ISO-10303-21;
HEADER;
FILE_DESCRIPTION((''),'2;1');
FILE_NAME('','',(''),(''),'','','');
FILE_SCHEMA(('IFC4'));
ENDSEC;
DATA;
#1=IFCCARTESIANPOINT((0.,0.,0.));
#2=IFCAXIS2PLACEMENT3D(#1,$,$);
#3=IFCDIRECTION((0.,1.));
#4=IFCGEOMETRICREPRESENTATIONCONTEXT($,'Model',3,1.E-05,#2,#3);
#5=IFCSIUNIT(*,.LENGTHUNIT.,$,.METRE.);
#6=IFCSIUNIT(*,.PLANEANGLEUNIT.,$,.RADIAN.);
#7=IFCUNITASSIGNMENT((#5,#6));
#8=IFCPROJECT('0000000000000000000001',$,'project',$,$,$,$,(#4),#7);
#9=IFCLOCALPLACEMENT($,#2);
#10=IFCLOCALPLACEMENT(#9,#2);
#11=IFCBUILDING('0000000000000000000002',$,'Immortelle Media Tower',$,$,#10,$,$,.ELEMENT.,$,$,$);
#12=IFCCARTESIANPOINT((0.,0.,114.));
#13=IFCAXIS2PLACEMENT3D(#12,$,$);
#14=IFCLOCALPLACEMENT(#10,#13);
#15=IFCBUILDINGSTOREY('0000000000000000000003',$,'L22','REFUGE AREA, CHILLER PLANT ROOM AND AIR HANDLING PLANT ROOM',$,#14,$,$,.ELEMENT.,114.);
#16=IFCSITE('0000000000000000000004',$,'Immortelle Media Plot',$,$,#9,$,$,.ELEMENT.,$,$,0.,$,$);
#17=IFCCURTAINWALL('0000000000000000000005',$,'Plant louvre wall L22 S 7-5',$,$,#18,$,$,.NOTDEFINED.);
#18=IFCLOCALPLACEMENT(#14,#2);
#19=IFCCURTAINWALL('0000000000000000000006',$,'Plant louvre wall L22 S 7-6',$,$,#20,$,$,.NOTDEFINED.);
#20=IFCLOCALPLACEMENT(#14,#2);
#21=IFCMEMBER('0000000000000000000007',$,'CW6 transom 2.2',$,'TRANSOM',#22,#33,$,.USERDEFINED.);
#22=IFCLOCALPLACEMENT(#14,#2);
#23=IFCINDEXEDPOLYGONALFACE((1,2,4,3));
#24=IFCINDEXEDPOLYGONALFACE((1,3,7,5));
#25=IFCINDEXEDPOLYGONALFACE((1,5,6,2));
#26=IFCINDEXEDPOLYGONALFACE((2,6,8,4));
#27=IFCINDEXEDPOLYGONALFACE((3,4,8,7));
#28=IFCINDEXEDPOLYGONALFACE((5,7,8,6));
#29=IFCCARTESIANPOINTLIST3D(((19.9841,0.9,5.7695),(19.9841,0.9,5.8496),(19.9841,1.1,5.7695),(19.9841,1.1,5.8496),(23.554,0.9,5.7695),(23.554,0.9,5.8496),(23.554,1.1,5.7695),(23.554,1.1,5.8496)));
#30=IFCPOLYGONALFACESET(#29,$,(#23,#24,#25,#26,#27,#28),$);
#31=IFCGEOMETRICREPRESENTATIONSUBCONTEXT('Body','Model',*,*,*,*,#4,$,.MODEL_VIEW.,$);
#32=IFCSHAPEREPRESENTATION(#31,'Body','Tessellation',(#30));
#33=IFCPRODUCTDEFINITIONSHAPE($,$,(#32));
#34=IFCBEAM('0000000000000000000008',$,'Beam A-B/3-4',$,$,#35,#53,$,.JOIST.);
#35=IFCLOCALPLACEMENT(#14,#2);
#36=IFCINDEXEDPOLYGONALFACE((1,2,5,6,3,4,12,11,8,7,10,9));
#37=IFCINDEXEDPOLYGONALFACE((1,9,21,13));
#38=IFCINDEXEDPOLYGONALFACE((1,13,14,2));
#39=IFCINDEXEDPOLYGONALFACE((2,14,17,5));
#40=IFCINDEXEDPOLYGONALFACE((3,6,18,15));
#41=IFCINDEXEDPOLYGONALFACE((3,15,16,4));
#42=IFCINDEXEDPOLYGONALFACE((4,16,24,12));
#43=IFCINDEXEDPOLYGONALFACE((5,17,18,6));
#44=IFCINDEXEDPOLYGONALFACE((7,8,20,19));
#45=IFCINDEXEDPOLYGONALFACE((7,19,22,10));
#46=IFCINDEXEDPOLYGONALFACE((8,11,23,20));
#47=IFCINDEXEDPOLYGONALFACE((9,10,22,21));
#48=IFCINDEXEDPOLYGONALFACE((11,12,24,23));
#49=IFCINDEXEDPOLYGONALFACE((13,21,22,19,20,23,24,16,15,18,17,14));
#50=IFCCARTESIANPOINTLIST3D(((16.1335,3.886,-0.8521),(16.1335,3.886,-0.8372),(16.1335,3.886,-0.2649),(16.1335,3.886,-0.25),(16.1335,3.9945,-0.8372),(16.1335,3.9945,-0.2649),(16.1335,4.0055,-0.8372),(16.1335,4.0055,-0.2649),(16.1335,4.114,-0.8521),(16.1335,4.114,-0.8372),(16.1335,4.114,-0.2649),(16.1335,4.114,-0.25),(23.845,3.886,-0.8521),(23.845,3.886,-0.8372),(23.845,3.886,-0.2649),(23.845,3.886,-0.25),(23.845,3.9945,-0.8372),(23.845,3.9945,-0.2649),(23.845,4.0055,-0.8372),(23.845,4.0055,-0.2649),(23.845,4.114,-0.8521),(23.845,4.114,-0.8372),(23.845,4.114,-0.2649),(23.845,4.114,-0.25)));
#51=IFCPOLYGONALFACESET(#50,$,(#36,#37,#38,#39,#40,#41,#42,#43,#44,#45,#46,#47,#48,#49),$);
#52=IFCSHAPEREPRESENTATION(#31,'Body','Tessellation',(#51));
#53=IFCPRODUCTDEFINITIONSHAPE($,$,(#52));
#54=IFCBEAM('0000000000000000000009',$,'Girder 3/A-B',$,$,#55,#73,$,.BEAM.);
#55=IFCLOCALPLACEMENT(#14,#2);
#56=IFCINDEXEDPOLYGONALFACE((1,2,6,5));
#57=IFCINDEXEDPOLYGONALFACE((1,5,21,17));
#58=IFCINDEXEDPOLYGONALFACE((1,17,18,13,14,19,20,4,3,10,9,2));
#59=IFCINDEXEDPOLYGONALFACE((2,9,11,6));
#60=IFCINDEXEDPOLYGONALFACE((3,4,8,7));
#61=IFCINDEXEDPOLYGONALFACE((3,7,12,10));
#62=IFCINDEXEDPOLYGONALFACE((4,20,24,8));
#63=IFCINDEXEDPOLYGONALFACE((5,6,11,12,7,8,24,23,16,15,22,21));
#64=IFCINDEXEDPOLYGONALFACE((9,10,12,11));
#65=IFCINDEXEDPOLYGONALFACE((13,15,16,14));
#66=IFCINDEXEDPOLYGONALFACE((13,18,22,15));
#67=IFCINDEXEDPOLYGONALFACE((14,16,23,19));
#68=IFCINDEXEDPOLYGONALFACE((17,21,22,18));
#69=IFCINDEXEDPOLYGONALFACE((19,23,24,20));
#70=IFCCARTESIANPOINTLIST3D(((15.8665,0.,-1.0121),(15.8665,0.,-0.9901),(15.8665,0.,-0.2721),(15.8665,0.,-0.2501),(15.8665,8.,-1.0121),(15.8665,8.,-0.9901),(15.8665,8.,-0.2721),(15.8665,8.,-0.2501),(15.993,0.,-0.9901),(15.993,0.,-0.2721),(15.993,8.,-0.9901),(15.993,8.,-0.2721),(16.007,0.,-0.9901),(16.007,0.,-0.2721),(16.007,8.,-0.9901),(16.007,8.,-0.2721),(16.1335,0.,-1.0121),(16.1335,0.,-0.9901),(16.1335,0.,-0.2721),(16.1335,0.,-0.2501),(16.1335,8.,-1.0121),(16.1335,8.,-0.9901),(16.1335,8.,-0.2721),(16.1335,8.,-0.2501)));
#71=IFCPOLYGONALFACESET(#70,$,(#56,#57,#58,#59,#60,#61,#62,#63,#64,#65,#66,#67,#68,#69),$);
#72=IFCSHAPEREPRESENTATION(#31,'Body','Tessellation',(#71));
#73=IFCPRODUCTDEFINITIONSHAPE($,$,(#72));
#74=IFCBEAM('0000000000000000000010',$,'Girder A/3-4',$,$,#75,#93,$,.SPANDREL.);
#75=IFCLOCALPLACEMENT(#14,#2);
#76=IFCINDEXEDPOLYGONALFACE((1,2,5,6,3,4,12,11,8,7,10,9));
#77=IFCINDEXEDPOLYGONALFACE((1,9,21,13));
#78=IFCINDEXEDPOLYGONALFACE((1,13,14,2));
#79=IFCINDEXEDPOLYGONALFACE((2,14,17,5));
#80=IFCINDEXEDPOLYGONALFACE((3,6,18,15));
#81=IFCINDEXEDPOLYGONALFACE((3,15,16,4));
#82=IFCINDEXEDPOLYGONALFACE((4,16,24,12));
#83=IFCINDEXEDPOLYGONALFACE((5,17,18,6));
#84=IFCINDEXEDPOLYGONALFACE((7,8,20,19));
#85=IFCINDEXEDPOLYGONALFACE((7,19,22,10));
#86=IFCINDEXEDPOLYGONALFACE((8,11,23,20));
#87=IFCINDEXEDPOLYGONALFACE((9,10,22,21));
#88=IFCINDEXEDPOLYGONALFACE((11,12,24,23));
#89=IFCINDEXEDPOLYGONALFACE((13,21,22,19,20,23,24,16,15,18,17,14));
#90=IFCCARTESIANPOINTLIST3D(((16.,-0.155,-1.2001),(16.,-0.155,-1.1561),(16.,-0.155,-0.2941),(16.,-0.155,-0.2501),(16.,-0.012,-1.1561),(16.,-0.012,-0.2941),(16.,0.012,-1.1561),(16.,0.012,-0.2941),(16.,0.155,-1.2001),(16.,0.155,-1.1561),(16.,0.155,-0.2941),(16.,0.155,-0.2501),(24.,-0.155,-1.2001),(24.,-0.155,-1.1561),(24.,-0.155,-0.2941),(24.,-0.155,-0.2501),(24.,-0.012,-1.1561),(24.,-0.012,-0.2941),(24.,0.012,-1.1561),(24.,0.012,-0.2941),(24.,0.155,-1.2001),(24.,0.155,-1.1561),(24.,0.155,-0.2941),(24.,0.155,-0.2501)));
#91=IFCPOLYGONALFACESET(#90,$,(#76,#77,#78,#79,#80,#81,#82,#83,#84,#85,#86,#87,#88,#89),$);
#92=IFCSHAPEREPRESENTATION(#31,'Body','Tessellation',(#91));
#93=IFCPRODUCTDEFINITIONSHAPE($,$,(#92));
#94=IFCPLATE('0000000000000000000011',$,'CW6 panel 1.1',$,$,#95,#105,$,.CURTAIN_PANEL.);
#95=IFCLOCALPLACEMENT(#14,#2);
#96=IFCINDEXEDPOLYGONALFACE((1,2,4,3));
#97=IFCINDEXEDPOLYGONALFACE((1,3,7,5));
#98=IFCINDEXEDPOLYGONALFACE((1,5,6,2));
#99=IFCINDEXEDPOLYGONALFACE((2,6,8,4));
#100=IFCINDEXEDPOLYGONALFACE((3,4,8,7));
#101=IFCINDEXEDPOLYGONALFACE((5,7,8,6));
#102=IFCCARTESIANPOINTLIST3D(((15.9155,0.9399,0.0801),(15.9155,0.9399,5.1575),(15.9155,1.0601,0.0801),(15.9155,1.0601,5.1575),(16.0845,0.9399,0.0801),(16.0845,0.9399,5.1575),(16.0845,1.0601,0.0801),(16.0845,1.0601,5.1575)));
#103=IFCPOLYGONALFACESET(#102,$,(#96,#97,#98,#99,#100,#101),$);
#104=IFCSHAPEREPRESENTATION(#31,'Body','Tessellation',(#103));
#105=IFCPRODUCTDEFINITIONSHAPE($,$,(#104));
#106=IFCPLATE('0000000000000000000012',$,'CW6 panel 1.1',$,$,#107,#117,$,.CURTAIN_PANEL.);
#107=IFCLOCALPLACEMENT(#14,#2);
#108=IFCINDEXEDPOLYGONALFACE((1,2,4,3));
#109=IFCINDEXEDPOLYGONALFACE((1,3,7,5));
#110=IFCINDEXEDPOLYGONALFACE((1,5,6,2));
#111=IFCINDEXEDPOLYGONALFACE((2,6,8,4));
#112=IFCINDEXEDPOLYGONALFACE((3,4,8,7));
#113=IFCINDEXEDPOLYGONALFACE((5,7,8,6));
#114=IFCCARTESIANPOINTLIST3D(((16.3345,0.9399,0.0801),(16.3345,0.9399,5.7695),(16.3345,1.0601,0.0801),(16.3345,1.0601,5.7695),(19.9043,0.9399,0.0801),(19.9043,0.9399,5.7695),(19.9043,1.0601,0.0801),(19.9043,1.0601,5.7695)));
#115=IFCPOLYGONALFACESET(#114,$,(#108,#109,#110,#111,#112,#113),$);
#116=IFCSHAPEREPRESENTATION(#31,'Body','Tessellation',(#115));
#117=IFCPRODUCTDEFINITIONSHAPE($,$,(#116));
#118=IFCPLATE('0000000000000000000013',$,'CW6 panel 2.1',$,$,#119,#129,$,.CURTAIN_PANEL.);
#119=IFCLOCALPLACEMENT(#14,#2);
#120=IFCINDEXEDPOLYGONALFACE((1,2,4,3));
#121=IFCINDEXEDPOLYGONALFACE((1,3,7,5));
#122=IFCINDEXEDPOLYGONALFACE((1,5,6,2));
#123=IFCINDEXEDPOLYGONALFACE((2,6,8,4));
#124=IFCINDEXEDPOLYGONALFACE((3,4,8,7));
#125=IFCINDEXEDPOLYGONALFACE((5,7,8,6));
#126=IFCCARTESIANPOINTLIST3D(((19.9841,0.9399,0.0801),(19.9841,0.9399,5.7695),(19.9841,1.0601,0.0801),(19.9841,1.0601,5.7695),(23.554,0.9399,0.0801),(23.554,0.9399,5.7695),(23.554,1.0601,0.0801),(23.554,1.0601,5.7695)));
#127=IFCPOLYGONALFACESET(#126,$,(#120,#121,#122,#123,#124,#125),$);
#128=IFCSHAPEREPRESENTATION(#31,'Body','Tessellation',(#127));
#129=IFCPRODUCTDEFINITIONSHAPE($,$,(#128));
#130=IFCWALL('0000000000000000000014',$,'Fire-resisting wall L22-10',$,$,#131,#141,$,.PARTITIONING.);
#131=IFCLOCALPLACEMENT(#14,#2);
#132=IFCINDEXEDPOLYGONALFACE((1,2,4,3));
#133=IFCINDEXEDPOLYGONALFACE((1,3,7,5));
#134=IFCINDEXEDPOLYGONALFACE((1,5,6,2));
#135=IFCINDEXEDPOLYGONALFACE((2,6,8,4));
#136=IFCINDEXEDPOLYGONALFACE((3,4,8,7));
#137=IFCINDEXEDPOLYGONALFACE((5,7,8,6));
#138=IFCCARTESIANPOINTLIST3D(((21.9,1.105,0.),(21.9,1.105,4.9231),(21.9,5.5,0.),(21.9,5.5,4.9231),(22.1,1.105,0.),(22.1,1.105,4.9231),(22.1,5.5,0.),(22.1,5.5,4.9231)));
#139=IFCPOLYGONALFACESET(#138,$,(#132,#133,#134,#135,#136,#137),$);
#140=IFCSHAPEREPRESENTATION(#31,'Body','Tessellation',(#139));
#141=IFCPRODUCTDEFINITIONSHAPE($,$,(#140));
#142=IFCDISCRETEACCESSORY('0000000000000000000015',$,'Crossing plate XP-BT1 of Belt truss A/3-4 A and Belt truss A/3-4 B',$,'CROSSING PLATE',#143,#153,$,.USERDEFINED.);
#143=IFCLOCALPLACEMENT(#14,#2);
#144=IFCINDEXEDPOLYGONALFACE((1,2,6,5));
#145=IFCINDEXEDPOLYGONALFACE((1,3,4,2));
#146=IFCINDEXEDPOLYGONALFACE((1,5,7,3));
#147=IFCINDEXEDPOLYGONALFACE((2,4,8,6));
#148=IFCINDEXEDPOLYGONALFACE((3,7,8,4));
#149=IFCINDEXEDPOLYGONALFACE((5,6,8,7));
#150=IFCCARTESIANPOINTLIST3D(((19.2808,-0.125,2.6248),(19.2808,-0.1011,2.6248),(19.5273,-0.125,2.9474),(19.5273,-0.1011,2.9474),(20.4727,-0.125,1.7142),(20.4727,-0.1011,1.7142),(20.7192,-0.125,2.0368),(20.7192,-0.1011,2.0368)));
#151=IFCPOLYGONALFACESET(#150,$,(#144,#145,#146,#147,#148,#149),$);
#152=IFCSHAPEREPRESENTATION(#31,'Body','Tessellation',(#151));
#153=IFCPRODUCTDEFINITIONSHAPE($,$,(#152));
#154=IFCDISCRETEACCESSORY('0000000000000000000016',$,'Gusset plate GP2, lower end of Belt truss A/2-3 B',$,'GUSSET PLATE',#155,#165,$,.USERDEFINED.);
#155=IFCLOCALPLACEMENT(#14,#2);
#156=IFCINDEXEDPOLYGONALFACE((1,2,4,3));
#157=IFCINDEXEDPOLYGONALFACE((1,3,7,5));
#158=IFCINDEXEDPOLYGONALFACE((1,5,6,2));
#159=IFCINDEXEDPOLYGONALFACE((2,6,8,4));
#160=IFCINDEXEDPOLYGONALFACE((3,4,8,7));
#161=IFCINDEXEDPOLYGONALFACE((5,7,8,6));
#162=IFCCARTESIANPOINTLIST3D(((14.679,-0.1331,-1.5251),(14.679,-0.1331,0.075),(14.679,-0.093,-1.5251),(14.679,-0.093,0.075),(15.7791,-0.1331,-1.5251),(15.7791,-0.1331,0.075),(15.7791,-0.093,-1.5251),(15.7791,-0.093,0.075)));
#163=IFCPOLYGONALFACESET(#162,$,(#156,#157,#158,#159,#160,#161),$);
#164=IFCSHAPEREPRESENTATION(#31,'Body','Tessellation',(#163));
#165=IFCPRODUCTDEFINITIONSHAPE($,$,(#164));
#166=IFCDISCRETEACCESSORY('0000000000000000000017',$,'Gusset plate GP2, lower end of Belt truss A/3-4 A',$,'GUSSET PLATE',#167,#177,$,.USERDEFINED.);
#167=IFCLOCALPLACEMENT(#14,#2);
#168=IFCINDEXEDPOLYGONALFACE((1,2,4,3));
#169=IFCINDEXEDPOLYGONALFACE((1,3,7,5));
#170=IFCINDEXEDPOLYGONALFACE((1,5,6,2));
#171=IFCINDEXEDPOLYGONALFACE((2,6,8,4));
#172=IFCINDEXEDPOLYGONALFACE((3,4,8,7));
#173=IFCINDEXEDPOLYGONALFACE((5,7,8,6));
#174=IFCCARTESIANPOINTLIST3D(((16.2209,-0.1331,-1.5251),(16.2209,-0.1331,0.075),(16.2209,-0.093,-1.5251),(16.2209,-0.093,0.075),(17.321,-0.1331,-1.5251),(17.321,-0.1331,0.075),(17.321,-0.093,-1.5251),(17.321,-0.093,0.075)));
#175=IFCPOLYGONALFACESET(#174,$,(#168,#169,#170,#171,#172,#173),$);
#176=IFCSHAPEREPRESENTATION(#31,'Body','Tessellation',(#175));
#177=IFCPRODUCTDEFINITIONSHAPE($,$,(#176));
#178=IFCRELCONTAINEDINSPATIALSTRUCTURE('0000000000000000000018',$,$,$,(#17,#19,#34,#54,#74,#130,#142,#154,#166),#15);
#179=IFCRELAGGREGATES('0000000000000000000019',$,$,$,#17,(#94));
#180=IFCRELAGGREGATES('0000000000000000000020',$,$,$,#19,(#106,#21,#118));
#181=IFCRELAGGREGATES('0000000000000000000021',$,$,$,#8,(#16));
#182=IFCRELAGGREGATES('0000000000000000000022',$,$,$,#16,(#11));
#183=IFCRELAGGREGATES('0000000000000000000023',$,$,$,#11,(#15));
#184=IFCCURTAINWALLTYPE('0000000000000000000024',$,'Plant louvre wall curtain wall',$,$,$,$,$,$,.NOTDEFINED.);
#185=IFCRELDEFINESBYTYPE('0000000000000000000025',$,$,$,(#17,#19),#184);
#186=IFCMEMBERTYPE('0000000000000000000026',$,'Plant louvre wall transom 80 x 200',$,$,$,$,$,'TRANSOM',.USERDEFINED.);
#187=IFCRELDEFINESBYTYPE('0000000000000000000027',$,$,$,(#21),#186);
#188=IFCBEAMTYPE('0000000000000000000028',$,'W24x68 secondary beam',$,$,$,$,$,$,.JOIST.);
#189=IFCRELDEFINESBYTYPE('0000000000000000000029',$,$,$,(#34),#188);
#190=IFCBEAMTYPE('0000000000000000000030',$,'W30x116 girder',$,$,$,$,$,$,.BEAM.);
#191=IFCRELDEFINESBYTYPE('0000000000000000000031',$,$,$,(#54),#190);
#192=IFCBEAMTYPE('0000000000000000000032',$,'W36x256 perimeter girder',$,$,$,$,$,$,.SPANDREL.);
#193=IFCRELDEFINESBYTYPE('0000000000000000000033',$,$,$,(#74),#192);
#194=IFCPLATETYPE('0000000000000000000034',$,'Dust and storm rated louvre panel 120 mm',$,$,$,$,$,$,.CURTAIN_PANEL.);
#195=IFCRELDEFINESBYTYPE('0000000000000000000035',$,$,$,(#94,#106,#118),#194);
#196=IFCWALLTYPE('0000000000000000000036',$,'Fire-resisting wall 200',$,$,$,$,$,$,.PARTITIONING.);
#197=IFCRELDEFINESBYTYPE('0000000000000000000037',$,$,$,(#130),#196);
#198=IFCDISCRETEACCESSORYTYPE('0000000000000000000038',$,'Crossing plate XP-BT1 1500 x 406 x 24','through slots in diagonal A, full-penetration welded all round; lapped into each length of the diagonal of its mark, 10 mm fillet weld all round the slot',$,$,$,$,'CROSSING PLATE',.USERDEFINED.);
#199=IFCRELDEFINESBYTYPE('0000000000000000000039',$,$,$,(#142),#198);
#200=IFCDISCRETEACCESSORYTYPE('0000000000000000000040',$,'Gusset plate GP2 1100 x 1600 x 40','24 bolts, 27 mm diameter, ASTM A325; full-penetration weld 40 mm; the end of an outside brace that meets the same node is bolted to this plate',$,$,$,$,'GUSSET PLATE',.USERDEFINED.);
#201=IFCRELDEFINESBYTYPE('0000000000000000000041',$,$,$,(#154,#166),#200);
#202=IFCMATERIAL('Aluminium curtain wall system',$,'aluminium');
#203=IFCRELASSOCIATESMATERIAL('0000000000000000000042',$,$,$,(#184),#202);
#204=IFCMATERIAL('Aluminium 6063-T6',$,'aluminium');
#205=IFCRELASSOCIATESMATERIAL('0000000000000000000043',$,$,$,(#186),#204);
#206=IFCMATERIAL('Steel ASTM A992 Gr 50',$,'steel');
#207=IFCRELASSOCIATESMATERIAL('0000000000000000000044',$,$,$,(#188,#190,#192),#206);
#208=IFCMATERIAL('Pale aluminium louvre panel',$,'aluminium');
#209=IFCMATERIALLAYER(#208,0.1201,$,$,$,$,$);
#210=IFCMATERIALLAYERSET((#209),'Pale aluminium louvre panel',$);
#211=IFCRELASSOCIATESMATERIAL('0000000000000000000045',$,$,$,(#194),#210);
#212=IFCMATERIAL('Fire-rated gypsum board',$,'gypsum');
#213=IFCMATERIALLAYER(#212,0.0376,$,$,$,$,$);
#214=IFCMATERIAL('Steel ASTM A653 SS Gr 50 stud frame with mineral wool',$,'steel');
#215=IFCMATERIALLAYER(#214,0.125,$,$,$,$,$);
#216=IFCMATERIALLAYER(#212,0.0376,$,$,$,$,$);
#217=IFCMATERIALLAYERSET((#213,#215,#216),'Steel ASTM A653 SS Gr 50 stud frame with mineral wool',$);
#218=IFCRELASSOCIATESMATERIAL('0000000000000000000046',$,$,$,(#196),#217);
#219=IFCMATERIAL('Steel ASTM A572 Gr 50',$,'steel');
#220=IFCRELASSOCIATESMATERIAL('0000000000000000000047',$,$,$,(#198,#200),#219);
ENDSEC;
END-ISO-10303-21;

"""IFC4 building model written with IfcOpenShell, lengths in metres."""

from ifc_helpers import new_model, si_unit, direction, frame, frame_2d, origin, origin_2d, place, context, subcontext, project, spatial, rectangle, i_section, extrude, material, layer, layer_set, material_profile, profile_set, type_object, element, aggregate, save


model = new_model("IFC4")

# Units and contexts
model_context = context("Model", 3, precision=1e-05, world=origin(), true_north=direction((0.0, 1.0)))
body_context = subcontext(model_context, "Body", "Model", "MODEL_VIEW")
ifc_project = project(units=[si_unit("LENGTHUNIT", "METRE"), si_unit("PLANEANGLEUNIT", "RADIAN")], contexts=[model_context])

# Site, building, storey
site_placement = place(None, origin())
site = spatial("IfcSite", under=ifc_project, at=site_placement, Name="Immortelle Media Plot", CompositionType="ELEMENT", RefElevation=0.0)
building_placement = place(site_placement, origin())
building = spatial("IfcBuilding", under=site, at=building_placement, Name="Immortelle Media Tower", CompositionType="ELEMENT")
storey_placement = place(building_placement, frame((0.0, 0.0, 114.0)))
storey = spatial("IfcBuildingStorey", under=building, at=storey_placement, Name="L22", Description="REFUGE AREA, CHILLER PLANT ROOM AND AIR HANDLING PLANT ROOM", CompositionType="ELEMENT", Elevation=114.0)

# Shared definitions
ifc_material_1 = material(Name="Steel ASTM A992 Gr 50", Category="steel")

# Curtain walls
ifc_material_2 = material(Name="Aluminium curtain wall system", Category="aluminium")
curtain_wall_type = type_object("IfcCurtainWallType", Name="Plant louvre wall curtain wall", PredefinedType="NOTDEFINED", material=ifc_material_2)
curtain_wall_1_placement = place(storey_placement, origin())
curtain_wall_1 = element("IfcCurtainWall", 1, at=curtain_wall_1_placement, inside=storey, type_object=curtain_wall_type, Name="Plant louvre wall L22 S 7-5", PredefinedType="NOTDEFINED")
ifc_material_3 = material(Name="Aluminium 6063-T6", Category="aluminium")
curtain_wall_2_placement = place(storey_placement, origin())
curtain_wall_2 = element("IfcCurtainWall", 2, at=curtain_wall_2_placement, inside=storey, type_object=curtain_wall_type, Name="Plant louvre wall L22 S 7-6", PredefinedType="NOTDEFINED")

# Member
ifc_material_profile_1 = material_profile(ifc_material_3, rectangle(XDim=0.2, YDim=0.0801, at=origin_2d()), Name="AL 80x200")
ifc_profile_set_1 = profile_set([ifc_material_profile_1], Name="Aluminium 6063-T6")
member_type_1 = type_object("IfcMemberType", Name="Plant louvre wall transom 80 x 200", ElementType="TRANSOM", PredefinedType="USERDEFINED", material=ifc_profile_set_1)
member_1_placement = place(storey_placement, frame((19.9841, 1.0, 5.8096), z_axis=(1.0, 0.0, 0.0), x_axis=(0.0, 1.0, 0.0)))
member_1 = element("IfcMember", 3, at=member_1_placement, type_object=member_type_1, Name="CW6 transom 2.2", ObjectType="TRANSOM", PredefinedType="USERDEFINED", context=body_context, shape_type="SweptSolid", body=[
    extrude(rectangle(XDim=0.2, YDim=0.0801, at=origin_2d()), origin(), (0.0, 0.0, 1.0), 3.5698),
])

# Beams
ifc_material_profile_2 = material_profile(ifc_material_1, i_section(OverallWidth=0.228, OverallDepth=0.6021, WebThickness=0.011, FlangeThickness=0.0149, at=origin_2d()), Name="W24x68")
ifc_profile_set_2 = profile_set([ifc_material_profile_2], Name="Steel ASTM A992 Gr 50")
beam_type_1 = type_object("IfcBeamType", Name="W24x68 secondary beam", PredefinedType="JOIST", material=ifc_profile_set_2)
beam_1_placement = place(storey_placement, frame((16.1335, 4.0, -0.551), z_axis=(1.0, 0.0, 0.0), x_axis=(0.0, 1.0, 0.0)))
element("IfcBeam", 4, at=beam_1_placement, inside=storey, type_object=beam_type_1, Name="Beam A-B/3-4", PredefinedType="JOIST", context=body_context, shape_type="SweptSolid", body=[
    extrude(i_section(OverallWidth=0.228, OverallDepth=0.6021, WebThickness=0.011, FlangeThickness=0.0149, at=origin_2d()), origin(), (0.0, 0.0, 1.0), 7.7114),
])
ifc_material_profile_3 = material_profile(ifc_material_1, i_section(OverallWidth=0.2671, OverallDepth=0.762, WebThickness=0.0139, FlangeThickness=0.022, at=origin_2d()), Name="W30x116")
ifc_profile_set_3 = profile_set([ifc_material_profile_3], Name="Steel ASTM A992 Gr 50")
beam_type_2 = type_object("IfcBeamType", Name="W30x116 girder", PredefinedType="BEAM", material=ifc_profile_set_3)
beam_2_placement = place(storey_placement, frame((16.0, 0.0, -0.6311), z_axis=(0.0, 1.0, 0.0), x_axis=(-1.0, 0.0, 0.0)))
element("IfcBeam", 5, at=beam_2_placement, inside=storey, type_object=beam_type_2, Name="Girder 3/A-B", PredefinedType="BEAM", context=body_context, shape_type="SweptSolid", body=[
    extrude(i_section(OverallWidth=0.2671, OverallDepth=0.762, WebThickness=0.0139, FlangeThickness=0.022, at=origin_2d()), origin(), (0.0, 0.0, 1.0), 8.0),
])
ifc_material_profile_4 = material_profile(ifc_material_1, i_section(OverallWidth=0.3101, OverallDepth=0.95, WebThickness=0.0239, FlangeThickness=0.0439, at=origin_2d()), Name="W36x256")
ifc_profile_set_4 = profile_set([ifc_material_profile_4], Name="Steel ASTM A992 Gr 50")
beam_type_3 = type_object("IfcBeamType", Name="W36x256 perimeter girder", PredefinedType="SPANDREL", material=ifc_profile_set_4)
beam_3_placement = place(storey_placement, frame((16.0, 0.0, -0.7251), z_axis=(1.0, 0.0, 0.0), x_axis=(0.0, 1.0, 0.0)))
element("IfcBeam", 6, at=beam_3_placement, inside=storey, type_object=beam_type_3, Name="Girder A/3-4", PredefinedType="SPANDREL", context=body_context, shape_type="SweptSolid", body=[
    extrude(i_section(OverallWidth=0.3101, OverallDepth=0.95, WebThickness=0.0239, FlangeThickness=0.0439, at=origin_2d()), origin(), (0.0, 0.0, 1.0), 8.0),
])

# Plates
ifc_material_4 = material(Name="Pale aluminium louvre panel", Category="aluminium")
ifc_layer_1 = layer(ifc_material_4, 0.1201)
ifc_layer_set_1 = layer_set([ifc_layer_1], Name="Pale aluminium louvre panel")
plate_type = type_object("IfcPlateType", Name="Dust and storm rated louvre panel 120 mm", PredefinedType="CURTAIN_PANEL", material=ifc_layer_set_1)
plate_1_placement = place(storey_placement, frame((16.0, 1.0, 0.0801), z_axis=(0.0, 0.0, 1.0), x_axis=(1.0, 0.0, 0.0)))
plate_1 = element("IfcPlate", 7, at=plate_1_placement, type_object=plate_type, Name="CW6 panel 1.1", PredefinedType="CURTAIN_PANEL", context=body_context, shape_type="SweptSolid", body=[
    extrude(rectangle(XDim=0.1689, YDim=0.1201, at=origin_2d()), origin(), (0.0, 0.0, 1.0), 5.0774),
])
aggregate(curtain_wall_1, [plate_1])
plate_2_placement = place(storey_placement, frame((18.1194, 1.0, 0.0801), z_axis=(0.0, 0.0, 1.0), x_axis=(1.0, 0.0, 0.0)))
plate_2 = element("IfcPlate", 8, at=plate_2_placement, type_object=plate_type, Name="CW6 panel 1.1", PredefinedType="CURTAIN_PANEL", context=body_context, shape_type="SweptSolid", body=[
    extrude(rectangle(XDim=3.5698, YDim=0.1201, at=origin_2d()), origin(), (0.0, 0.0, 1.0), 5.6895),
])
plate_3_placement = place(storey_placement, frame((21.769, 1.0, 0.0801), z_axis=(0.0, 0.0, 1.0), x_axis=(1.0, 0.0, 0.0)))
plate_3 = element("IfcPlate", 9, at=plate_3_placement, type_object=plate_type, Name="CW6 panel 2.1", PredefinedType="CURTAIN_PANEL", context=body_context, shape_type="SweptSolid", body=[
    extrude(rectangle(XDim=3.5698, YDim=0.1201, at=origin_2d()), origin(), (0.0, 0.0, 1.0), 5.6895),
])
aggregate(curtain_wall_2, [plate_2, member_1, plate_3])

# Wall
ifc_material_5 = material(Name="Fire-rated gypsum board", Category="gypsum")
ifc_layer_2 = layer(ifc_material_5, 0.0376)
ifc_material_6 = material(Name="Steel ASTM A653 SS Gr 50 stud frame with mineral wool", Category="steel")
ifc_layer_3 = layer(ifc_material_6, 0.125)
ifc_layer_4 = layer(ifc_material_5, 0.0376)
ifc_layer_set_2 = layer_set([ifc_layer_2, ifc_layer_3, ifc_layer_4], Name="Steel ASTM A653 SS Gr 50 stud frame with mineral wool")
wall_type = type_object("IfcWallType", Name="Fire-resisting wall 200", PredefinedType="PARTITIONING", material=ifc_layer_set_2)
wall_placement = place(storey_placement, frame((22.0, 1.105, 0.0), z_axis=(0.0, 0.0, 1.0), x_axis=(0.0, 1.0, 0.0)))
element("IfcWall", 10, at=wall_placement, inside=storey, type_object=wall_type, Name="Fire-resisting wall L22-10", PredefinedType="PARTITIONING", context=body_context, shape_type="SweptSolid", body=[
    extrude(rectangle(XDim=4.395, YDim=0.2, at=frame_2d((2.1975, 0.0))), origin(), (0.0, 0.0, 1.0), 4.9231),
])

# Discrete accessories
ifc_material_7 = material(Name="Steel ASTM A572 Gr 50", Category="steel")
ifc_material_profile_5 = material_profile(ifc_material_7, rectangle(XDim=0.0239, YDim=0.406, at=origin_2d()), Name="PL 24 x 406")
ifc_profile_set_5 = profile_set([ifc_material_profile_5], Name="Steel ASTM A572 Gr 50")
discrete_accessory_type_1 = type_object("IfcDiscreteAccessoryType", Name="Crossing plate XP-BT1 1500 x 406 x 24", Description="through slots in diagonal A, full-penetration welded all round; lapped into each length of the diagonal of its mark, 10 mm fillet weld all round the slot", ElementType="CROSSING PLATE", PredefinedType="USERDEFINED", material=ifc_profile_set_5)
discrete_accessory_placement = place(storey_placement, frame((19.4041, -0.113, 2.7861), z_axis=(0.794616, 0.0, -0.607112), x_axis=(0.0, 1.0, 0.0)))
element("IfcDiscreteAccessory", 11, at=discrete_accessory_placement, inside=storey, type_object=discrete_accessory_type_1, Name="Crossing plate XP-BT1 of Belt truss A/3-4 A and Belt truss A/3-4 B", ObjectType="CROSSING PLATE", PredefinedType="USERDEFINED", context=body_context, shape_type="SweptSolid", body=[
    extrude(rectangle(XDim=0.0239, YDim=0.406, at=origin_2d()), origin(), (0.0, 0.0, 1.0), 1.5),
])
ifc_material_profile_6 = material_profile(ifc_material_7, rectangle(XDim=0.04, YDim=1.6001, at=origin_2d()), Name="PL 40 x 1600")
ifc_profile_set_6 = profile_set([ifc_material_profile_6], Name="Steel ASTM A572 Gr 50")
discrete_accessory_type_2 = type_object("IfcDiscreteAccessoryType", Name="Gusset plate GP2 1100 x 1600 x 40", Description="24 bolts, 27 mm diameter, ASTM A325; full-penetration weld 40 mm; the end of an outside brace that meets the same node is bolted to this plate", ElementType="GUSSET PLATE", PredefinedType="USERDEFINED", material=ifc_profile_set_6)
for number, where, z_axis, x_axis, name in (
    (12, (15.7791, -0.113, -0.7251), (-1.0, 0.0, 0.0), (0.0, -1.0, 0.0), "Gusset plate GP2, lower end of Belt truss A/2-3 B"),
    (13, (16.2209, -0.113, -0.7251), (1.0, 0.0, 0.0), (0.0, 1.0, 0.0), "Gusset plate GP2, lower end of Belt truss A/3-4 A"),
):
    element("IfcDiscreteAccessory", number, at=place(storey_placement, frame(where, z_axis=z_axis, x_axis=x_axis)), inside=storey, type_object=discrete_accessory_type_2, Name=name, ObjectType="GUSSET PLATE", PredefinedType="USERDEFINED", context=body_context, shape_type="SweptSolid", body=[
        extrude(rectangle(XDim=0.04, YDim=1.6001, at=origin_2d()), origin(), (0.0, 0.0, 1.0), 1.1001),
    ])

save(model, "model.ifc")
